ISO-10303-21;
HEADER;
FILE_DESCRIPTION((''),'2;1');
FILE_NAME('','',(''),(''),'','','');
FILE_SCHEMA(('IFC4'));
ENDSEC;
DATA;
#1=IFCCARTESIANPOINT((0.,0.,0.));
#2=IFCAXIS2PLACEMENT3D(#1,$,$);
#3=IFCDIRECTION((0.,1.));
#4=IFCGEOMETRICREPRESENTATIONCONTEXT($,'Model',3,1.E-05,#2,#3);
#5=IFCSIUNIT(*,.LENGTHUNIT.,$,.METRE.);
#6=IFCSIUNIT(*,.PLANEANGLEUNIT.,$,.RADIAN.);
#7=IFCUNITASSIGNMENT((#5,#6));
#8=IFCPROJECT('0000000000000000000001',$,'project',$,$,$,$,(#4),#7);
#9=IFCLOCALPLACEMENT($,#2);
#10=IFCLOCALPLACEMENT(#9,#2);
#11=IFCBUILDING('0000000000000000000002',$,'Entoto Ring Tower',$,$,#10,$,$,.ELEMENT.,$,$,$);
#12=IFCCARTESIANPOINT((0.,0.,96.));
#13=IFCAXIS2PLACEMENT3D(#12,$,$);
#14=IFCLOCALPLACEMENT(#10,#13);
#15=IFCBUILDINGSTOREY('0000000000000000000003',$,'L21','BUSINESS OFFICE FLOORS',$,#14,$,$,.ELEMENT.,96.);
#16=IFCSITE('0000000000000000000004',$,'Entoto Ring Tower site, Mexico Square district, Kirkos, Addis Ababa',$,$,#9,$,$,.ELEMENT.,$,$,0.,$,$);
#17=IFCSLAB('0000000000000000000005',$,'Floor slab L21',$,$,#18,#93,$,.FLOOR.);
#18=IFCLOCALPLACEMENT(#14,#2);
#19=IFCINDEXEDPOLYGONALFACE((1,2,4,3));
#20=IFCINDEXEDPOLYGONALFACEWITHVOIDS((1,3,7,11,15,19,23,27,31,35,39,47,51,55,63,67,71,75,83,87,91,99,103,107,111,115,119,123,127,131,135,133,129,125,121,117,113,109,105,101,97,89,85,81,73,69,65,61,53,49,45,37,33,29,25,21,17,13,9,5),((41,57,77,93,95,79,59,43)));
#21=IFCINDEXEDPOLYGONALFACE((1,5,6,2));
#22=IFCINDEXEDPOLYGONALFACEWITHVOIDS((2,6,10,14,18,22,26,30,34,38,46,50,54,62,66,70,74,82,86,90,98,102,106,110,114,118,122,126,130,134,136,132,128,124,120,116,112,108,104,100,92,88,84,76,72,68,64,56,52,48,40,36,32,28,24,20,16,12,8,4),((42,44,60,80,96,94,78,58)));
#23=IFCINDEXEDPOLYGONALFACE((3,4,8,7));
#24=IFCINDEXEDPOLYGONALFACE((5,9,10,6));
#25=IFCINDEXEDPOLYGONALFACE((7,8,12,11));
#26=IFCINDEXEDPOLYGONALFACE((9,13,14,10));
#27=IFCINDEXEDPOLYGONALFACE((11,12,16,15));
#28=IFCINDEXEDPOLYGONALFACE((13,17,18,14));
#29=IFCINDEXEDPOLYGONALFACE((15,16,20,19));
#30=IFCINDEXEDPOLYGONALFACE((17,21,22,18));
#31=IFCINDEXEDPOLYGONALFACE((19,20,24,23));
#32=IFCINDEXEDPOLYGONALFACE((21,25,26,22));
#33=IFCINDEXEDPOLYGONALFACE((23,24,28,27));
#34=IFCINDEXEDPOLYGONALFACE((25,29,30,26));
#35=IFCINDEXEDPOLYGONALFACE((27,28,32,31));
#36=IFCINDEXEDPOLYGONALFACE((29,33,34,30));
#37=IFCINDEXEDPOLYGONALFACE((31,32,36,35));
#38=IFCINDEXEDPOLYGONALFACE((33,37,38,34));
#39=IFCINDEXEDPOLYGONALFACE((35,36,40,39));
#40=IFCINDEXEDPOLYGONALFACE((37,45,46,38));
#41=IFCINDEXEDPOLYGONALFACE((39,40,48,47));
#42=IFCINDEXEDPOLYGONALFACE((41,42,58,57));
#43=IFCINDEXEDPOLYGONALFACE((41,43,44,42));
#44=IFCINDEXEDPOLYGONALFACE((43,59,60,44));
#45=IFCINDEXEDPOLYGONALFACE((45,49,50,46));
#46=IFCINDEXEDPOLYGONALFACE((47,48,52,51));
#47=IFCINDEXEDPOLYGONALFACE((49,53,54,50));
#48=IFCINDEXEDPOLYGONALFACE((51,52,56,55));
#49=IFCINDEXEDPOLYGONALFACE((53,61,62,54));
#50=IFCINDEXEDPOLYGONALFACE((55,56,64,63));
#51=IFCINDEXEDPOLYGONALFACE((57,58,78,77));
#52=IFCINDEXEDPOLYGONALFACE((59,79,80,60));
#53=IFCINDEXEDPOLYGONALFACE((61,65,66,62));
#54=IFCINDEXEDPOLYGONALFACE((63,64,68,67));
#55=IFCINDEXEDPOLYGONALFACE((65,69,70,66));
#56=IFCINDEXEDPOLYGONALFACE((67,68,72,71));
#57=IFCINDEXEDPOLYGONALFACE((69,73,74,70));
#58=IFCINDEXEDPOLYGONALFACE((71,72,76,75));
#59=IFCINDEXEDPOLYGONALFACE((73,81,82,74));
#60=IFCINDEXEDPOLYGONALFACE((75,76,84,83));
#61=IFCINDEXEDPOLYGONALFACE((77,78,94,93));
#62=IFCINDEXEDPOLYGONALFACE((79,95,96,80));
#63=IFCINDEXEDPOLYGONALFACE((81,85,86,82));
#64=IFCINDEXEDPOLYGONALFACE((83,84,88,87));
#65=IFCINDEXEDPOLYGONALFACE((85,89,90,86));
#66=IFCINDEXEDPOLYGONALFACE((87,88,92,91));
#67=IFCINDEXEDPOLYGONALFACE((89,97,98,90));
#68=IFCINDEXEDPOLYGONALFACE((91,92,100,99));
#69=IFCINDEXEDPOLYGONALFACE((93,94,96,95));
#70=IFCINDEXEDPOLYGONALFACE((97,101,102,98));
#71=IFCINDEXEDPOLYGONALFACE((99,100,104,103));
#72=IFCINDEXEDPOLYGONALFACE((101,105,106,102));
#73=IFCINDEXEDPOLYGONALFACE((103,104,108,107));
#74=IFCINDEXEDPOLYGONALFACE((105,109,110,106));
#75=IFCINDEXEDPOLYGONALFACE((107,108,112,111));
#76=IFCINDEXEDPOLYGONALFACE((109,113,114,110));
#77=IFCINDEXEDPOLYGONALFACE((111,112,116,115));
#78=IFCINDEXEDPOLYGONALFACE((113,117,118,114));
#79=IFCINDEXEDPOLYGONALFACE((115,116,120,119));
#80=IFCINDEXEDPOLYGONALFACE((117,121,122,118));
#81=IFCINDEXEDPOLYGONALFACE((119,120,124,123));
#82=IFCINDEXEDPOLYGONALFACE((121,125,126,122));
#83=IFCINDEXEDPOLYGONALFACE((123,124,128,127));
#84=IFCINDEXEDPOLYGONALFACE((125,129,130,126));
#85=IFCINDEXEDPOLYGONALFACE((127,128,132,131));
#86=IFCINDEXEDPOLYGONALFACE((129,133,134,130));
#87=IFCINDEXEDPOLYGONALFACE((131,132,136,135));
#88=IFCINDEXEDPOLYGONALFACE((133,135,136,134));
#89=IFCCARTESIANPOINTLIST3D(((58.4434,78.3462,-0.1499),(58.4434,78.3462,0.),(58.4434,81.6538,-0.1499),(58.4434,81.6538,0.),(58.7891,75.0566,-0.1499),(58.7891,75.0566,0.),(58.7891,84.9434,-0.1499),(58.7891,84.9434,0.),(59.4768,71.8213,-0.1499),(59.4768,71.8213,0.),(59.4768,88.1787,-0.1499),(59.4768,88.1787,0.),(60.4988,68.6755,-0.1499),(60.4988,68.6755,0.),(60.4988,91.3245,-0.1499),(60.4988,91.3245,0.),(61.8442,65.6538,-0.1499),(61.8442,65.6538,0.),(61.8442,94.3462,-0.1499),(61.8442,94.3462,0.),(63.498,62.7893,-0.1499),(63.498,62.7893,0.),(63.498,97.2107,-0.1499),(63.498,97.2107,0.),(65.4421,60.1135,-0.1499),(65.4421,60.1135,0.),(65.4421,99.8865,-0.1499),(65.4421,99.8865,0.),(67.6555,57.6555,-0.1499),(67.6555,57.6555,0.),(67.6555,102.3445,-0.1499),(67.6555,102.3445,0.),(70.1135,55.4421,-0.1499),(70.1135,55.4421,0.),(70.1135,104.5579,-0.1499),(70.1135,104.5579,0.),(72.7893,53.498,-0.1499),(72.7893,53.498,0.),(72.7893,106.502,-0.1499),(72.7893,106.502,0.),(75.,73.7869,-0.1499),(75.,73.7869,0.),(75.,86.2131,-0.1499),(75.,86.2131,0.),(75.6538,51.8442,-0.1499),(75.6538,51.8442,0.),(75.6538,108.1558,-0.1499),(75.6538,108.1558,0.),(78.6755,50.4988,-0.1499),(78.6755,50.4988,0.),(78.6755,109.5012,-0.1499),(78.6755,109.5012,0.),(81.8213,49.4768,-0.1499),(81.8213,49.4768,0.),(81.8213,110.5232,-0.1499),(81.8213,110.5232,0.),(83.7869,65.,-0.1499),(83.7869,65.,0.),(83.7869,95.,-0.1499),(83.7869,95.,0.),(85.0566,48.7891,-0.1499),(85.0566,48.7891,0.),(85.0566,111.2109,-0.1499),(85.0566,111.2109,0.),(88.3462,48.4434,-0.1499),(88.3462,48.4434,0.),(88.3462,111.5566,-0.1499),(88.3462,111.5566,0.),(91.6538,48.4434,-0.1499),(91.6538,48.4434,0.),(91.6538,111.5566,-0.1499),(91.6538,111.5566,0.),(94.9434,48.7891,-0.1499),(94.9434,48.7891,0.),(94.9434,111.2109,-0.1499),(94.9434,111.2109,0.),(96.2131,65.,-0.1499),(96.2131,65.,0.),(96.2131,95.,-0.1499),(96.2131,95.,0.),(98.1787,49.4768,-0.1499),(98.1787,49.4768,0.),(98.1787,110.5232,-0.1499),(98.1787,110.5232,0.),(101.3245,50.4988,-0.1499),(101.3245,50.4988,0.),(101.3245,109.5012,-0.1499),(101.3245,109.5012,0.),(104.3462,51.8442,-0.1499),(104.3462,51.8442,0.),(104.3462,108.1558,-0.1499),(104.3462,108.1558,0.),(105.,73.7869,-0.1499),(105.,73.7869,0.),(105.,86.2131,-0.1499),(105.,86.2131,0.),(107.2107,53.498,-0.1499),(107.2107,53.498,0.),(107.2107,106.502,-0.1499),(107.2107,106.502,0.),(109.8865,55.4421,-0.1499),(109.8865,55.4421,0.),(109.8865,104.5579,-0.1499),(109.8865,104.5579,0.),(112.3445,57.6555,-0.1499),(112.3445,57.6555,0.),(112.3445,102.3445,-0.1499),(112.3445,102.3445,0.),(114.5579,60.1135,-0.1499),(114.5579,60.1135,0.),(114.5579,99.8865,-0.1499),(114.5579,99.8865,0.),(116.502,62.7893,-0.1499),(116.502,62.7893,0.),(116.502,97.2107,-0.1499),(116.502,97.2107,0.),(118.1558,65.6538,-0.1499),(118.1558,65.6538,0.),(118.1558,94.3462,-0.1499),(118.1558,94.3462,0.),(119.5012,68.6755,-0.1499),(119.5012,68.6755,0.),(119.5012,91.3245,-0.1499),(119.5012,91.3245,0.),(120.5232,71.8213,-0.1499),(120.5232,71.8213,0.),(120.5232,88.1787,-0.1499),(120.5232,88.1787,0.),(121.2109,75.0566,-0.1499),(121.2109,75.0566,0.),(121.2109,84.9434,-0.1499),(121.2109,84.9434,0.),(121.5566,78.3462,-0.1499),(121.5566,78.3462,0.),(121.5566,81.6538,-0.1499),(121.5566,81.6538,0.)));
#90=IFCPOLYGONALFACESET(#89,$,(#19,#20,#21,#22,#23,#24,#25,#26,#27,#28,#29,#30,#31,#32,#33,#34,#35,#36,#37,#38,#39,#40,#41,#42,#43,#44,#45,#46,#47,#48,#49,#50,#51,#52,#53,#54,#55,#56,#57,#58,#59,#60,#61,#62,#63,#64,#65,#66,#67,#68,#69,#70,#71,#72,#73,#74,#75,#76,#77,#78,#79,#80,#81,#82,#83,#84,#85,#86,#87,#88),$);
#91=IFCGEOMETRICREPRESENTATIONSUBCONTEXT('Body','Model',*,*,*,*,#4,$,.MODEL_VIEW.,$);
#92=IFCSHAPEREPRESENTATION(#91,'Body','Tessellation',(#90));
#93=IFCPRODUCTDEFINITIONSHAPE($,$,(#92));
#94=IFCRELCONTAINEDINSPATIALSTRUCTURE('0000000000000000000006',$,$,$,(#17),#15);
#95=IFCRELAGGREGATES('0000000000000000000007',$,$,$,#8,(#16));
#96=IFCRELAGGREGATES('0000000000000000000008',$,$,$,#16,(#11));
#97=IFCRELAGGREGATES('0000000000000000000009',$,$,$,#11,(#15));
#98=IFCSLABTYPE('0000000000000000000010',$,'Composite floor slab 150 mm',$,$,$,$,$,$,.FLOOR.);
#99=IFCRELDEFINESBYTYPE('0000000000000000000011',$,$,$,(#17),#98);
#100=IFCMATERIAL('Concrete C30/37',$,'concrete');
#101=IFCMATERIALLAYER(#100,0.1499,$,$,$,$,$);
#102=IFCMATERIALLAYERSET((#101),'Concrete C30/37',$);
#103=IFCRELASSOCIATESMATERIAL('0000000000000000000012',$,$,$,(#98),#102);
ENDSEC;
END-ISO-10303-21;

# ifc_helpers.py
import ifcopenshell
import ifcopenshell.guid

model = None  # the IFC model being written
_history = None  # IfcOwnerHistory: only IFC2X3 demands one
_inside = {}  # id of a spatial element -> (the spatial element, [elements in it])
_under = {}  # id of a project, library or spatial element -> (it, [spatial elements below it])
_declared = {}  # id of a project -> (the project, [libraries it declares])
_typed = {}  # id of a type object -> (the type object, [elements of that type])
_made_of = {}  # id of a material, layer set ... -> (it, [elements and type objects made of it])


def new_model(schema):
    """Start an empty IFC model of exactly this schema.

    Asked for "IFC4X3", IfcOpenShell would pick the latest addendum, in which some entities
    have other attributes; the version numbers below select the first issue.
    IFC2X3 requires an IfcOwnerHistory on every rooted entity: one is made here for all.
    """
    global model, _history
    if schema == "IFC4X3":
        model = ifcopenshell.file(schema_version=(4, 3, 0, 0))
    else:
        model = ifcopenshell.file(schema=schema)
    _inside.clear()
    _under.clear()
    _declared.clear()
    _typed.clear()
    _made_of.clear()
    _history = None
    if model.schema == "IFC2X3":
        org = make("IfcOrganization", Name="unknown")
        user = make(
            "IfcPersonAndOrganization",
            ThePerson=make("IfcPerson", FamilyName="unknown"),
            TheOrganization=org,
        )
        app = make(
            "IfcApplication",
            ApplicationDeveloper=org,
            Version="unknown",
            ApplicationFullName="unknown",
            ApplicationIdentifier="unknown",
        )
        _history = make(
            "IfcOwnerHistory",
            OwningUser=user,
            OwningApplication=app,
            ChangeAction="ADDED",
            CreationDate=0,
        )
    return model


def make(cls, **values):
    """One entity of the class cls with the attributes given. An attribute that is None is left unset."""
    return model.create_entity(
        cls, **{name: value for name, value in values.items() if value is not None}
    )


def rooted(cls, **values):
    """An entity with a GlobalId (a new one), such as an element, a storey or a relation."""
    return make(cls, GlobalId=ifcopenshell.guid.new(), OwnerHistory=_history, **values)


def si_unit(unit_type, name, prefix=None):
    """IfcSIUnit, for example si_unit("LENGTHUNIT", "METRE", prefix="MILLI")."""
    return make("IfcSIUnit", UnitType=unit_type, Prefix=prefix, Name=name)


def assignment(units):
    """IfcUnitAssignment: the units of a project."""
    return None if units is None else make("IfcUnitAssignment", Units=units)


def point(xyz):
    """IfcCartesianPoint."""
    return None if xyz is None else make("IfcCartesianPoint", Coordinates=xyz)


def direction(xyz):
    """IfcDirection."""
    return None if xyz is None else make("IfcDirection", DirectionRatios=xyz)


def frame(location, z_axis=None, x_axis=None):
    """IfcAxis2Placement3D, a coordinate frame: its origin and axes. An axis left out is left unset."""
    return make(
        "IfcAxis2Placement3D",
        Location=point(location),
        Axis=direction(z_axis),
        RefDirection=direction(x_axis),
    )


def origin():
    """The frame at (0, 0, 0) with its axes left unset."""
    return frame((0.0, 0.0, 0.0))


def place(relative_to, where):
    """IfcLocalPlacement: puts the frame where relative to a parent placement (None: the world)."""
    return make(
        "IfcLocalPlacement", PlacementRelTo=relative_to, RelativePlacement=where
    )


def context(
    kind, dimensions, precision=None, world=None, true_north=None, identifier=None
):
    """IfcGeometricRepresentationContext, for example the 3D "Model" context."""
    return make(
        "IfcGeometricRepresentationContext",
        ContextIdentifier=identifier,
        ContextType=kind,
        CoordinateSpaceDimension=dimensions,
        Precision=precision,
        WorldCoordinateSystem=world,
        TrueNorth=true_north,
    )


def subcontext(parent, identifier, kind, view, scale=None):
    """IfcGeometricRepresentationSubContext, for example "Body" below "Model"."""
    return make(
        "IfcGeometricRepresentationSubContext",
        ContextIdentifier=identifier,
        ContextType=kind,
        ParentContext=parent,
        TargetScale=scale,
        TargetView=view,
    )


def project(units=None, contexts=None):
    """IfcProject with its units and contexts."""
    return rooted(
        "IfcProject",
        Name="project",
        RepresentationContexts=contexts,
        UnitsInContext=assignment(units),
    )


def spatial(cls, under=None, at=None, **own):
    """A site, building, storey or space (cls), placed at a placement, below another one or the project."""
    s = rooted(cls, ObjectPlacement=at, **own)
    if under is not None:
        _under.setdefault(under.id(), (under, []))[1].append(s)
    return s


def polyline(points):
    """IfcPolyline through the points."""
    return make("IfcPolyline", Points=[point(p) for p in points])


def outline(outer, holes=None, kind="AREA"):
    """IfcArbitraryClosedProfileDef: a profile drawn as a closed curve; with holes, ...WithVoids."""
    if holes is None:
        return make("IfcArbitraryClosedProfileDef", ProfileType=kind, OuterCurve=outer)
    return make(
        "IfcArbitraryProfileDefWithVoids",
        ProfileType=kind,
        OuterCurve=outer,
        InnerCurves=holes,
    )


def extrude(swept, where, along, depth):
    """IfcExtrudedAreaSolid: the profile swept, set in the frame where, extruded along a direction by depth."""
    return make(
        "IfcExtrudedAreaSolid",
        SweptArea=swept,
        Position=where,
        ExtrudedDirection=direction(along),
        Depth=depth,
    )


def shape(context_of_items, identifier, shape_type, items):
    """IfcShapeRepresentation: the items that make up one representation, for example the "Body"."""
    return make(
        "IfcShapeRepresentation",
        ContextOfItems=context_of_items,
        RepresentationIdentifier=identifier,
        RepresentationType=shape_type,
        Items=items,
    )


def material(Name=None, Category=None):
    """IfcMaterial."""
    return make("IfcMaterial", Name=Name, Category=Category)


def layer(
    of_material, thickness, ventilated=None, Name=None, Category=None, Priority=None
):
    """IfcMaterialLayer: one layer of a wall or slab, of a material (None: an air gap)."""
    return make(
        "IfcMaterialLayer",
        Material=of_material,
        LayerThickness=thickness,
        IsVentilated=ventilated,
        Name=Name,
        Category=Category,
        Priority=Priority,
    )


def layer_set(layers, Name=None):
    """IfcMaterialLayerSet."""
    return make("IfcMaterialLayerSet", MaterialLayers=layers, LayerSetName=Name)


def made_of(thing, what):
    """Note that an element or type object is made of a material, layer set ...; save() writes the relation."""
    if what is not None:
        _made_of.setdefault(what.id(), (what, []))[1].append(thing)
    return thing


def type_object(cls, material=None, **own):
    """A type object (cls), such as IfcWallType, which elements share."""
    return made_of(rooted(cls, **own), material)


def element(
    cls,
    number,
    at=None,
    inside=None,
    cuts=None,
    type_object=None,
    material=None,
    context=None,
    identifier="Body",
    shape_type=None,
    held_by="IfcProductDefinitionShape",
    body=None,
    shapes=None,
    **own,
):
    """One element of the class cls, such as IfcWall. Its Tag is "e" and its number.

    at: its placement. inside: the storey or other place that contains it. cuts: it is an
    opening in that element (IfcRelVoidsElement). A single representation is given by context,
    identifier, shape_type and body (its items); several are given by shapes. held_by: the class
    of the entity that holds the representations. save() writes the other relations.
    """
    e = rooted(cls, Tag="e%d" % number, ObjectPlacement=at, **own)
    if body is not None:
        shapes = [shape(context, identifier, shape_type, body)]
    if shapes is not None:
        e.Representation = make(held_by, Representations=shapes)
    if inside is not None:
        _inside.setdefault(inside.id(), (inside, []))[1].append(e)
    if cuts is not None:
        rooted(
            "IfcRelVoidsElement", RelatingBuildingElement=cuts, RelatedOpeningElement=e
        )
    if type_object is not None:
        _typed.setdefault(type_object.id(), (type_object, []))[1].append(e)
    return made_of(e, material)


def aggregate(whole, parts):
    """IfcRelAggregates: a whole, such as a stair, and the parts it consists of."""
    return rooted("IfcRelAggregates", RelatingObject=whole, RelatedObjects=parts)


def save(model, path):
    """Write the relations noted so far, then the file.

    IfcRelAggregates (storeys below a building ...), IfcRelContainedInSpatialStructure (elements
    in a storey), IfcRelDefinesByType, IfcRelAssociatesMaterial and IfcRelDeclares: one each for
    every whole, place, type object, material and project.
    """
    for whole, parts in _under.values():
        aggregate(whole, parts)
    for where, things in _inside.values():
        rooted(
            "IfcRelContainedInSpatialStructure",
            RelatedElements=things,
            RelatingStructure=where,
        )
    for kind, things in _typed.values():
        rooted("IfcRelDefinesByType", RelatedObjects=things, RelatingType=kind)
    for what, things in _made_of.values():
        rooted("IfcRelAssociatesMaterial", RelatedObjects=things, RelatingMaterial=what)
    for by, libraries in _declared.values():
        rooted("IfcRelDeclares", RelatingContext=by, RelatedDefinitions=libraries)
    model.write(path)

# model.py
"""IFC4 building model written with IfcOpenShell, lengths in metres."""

from ifc_helpers import new_model, si_unit, direction, frame, origin, place, context, subcontext, project, spatial, polyline, outline, extrude, material, layer, layer_set, type_object, element, save


model = new_model("IFC4")

# Units and contexts
model_context = context("Model", 3, precision=1e-05, world=origin(), true_north=direction((0.0, 1.0)))
body_context = subcontext(model_context, "Body", "Model", "MODEL_VIEW")
ifc_project = project(units=[si_unit("LENGTHUNIT", "METRE"), si_unit("PLANEANGLEUNIT", "RADIAN")], contexts=[model_context])

# Site, building, storey
site_placement = place(None, origin())
building_placement = place(site_placement, origin())
storey_placement = place(building_placement, frame((0.0, 0.0, 96.0)))
site = spatial("IfcSite", under=ifc_project, at=site_placement, Name="Entoto Ring Tower site, Mexico Square district, Kirkos, Addis Ababa", CompositionType="ELEMENT", RefElevation=0.0)
building = spatial("IfcBuilding", under=site, at=building_placement, Name="Entoto Ring Tower", CompositionType="ELEMENT")
storey = spatial("IfcBuildingStorey", under=building, at=storey_placement, Name="L21", Description="BUSINESS OFFICE FLOORS", CompositionType="ELEMENT", Elevation=96.0)

# Slab
ifc_material_1 = material(Name="Concrete C30/37", Category="concrete")
ifc_layer_1 = layer(ifc_material_1, 0.1499)
ifc_layer_set_1 = layer_set([ifc_layer_1], Name="Concrete C30/37")
slab_type = type_object("IfcSlabType", Name="Composite floor slab 150 mm", PredefinedType="FLOOR", material=ifc_layer_set_1)
slab_placement = place(storey_placement, frame((0.0, 0.0, -0.1499)))
element("IfcSlab", 1, at=slab_placement, inside=storey, type_object=slab_type, Name="Floor slab L21", PredefinedType="FLOOR", context=body_context, shape_type="SweptSolid", body=[
    extrude(outline(polyline([(121.2109, 84.9434), (120.5232, 88.1787), (119.5012, 91.3245), (118.1558, 94.3462), (116.502, 97.2107), (114.5579, 99.8865), (112.3445, 102.3445), (109.8865, 104.5579), (107.2107, 106.502), (104.3462, 108.1558), (101.3245, 109.5012), (98.1787, 110.5232), (94.9434, 111.2109), (91.6538, 111.5566), (88.3462, 111.5566), (85.0566, 111.2109), (81.8213, 110.5232), (78.6755, 109.5012), (75.6538, 108.1558), (72.7893, 106.502), (70.1135, 104.5579), (67.6555, 102.3445), (65.4421, 99.8865), (63.498, 97.2107), (61.8442, 94.3462), (60.4988, 91.3245), (59.4768, 88.1787), (58.7891, 84.9434), (58.4434, 81.6538), (58.4434, 78.3462), (58.7891, 75.0566), (59.4768, 71.8213), (60.4988, 68.6755), (61.8442, 65.6538), (63.498, 62.7893), (65.4421, 60.1135), (67.6555, 57.6555), (70.1135, 55.4421), (72.7893, 53.498), (75.6538, 51.8442), (78.6755, 50.4988), (81.8213, 49.4768), (85.0566, 48.7891), (88.3462, 48.4434), (91.6538, 48.4434), (94.9434, 48.7891), (98.1787, 49.4768), (101.3245, 50.4988), (104.3462, 51.8442), (107.2107, 53.498), (109.8865, 55.4421), (112.3445, 57.6555), (114.5579, 60.1135), (116.502, 62.7893), (118.1558, 65.6538), (119.5012, 68.6755), (120.5232, 71.8213), (121.2109, 75.0566), (121.5566, 78.3462), (121.5566, 81.6538), (121.2109, 84.9434)]), holes=[polyline([(105.0, 73.7869), (105.0, 86.2131), (96.2131, 95.0), (83.7869, 95.0), (75.0, 86.2131), (75.0, 73.7869), (83.7869, 65.0), (96.2131, 65.0), (105.0, 73.7869)])]), origin(), (0.0, 0.0, 1.0), 0.1499),
])

save(model, "model.ifc")
